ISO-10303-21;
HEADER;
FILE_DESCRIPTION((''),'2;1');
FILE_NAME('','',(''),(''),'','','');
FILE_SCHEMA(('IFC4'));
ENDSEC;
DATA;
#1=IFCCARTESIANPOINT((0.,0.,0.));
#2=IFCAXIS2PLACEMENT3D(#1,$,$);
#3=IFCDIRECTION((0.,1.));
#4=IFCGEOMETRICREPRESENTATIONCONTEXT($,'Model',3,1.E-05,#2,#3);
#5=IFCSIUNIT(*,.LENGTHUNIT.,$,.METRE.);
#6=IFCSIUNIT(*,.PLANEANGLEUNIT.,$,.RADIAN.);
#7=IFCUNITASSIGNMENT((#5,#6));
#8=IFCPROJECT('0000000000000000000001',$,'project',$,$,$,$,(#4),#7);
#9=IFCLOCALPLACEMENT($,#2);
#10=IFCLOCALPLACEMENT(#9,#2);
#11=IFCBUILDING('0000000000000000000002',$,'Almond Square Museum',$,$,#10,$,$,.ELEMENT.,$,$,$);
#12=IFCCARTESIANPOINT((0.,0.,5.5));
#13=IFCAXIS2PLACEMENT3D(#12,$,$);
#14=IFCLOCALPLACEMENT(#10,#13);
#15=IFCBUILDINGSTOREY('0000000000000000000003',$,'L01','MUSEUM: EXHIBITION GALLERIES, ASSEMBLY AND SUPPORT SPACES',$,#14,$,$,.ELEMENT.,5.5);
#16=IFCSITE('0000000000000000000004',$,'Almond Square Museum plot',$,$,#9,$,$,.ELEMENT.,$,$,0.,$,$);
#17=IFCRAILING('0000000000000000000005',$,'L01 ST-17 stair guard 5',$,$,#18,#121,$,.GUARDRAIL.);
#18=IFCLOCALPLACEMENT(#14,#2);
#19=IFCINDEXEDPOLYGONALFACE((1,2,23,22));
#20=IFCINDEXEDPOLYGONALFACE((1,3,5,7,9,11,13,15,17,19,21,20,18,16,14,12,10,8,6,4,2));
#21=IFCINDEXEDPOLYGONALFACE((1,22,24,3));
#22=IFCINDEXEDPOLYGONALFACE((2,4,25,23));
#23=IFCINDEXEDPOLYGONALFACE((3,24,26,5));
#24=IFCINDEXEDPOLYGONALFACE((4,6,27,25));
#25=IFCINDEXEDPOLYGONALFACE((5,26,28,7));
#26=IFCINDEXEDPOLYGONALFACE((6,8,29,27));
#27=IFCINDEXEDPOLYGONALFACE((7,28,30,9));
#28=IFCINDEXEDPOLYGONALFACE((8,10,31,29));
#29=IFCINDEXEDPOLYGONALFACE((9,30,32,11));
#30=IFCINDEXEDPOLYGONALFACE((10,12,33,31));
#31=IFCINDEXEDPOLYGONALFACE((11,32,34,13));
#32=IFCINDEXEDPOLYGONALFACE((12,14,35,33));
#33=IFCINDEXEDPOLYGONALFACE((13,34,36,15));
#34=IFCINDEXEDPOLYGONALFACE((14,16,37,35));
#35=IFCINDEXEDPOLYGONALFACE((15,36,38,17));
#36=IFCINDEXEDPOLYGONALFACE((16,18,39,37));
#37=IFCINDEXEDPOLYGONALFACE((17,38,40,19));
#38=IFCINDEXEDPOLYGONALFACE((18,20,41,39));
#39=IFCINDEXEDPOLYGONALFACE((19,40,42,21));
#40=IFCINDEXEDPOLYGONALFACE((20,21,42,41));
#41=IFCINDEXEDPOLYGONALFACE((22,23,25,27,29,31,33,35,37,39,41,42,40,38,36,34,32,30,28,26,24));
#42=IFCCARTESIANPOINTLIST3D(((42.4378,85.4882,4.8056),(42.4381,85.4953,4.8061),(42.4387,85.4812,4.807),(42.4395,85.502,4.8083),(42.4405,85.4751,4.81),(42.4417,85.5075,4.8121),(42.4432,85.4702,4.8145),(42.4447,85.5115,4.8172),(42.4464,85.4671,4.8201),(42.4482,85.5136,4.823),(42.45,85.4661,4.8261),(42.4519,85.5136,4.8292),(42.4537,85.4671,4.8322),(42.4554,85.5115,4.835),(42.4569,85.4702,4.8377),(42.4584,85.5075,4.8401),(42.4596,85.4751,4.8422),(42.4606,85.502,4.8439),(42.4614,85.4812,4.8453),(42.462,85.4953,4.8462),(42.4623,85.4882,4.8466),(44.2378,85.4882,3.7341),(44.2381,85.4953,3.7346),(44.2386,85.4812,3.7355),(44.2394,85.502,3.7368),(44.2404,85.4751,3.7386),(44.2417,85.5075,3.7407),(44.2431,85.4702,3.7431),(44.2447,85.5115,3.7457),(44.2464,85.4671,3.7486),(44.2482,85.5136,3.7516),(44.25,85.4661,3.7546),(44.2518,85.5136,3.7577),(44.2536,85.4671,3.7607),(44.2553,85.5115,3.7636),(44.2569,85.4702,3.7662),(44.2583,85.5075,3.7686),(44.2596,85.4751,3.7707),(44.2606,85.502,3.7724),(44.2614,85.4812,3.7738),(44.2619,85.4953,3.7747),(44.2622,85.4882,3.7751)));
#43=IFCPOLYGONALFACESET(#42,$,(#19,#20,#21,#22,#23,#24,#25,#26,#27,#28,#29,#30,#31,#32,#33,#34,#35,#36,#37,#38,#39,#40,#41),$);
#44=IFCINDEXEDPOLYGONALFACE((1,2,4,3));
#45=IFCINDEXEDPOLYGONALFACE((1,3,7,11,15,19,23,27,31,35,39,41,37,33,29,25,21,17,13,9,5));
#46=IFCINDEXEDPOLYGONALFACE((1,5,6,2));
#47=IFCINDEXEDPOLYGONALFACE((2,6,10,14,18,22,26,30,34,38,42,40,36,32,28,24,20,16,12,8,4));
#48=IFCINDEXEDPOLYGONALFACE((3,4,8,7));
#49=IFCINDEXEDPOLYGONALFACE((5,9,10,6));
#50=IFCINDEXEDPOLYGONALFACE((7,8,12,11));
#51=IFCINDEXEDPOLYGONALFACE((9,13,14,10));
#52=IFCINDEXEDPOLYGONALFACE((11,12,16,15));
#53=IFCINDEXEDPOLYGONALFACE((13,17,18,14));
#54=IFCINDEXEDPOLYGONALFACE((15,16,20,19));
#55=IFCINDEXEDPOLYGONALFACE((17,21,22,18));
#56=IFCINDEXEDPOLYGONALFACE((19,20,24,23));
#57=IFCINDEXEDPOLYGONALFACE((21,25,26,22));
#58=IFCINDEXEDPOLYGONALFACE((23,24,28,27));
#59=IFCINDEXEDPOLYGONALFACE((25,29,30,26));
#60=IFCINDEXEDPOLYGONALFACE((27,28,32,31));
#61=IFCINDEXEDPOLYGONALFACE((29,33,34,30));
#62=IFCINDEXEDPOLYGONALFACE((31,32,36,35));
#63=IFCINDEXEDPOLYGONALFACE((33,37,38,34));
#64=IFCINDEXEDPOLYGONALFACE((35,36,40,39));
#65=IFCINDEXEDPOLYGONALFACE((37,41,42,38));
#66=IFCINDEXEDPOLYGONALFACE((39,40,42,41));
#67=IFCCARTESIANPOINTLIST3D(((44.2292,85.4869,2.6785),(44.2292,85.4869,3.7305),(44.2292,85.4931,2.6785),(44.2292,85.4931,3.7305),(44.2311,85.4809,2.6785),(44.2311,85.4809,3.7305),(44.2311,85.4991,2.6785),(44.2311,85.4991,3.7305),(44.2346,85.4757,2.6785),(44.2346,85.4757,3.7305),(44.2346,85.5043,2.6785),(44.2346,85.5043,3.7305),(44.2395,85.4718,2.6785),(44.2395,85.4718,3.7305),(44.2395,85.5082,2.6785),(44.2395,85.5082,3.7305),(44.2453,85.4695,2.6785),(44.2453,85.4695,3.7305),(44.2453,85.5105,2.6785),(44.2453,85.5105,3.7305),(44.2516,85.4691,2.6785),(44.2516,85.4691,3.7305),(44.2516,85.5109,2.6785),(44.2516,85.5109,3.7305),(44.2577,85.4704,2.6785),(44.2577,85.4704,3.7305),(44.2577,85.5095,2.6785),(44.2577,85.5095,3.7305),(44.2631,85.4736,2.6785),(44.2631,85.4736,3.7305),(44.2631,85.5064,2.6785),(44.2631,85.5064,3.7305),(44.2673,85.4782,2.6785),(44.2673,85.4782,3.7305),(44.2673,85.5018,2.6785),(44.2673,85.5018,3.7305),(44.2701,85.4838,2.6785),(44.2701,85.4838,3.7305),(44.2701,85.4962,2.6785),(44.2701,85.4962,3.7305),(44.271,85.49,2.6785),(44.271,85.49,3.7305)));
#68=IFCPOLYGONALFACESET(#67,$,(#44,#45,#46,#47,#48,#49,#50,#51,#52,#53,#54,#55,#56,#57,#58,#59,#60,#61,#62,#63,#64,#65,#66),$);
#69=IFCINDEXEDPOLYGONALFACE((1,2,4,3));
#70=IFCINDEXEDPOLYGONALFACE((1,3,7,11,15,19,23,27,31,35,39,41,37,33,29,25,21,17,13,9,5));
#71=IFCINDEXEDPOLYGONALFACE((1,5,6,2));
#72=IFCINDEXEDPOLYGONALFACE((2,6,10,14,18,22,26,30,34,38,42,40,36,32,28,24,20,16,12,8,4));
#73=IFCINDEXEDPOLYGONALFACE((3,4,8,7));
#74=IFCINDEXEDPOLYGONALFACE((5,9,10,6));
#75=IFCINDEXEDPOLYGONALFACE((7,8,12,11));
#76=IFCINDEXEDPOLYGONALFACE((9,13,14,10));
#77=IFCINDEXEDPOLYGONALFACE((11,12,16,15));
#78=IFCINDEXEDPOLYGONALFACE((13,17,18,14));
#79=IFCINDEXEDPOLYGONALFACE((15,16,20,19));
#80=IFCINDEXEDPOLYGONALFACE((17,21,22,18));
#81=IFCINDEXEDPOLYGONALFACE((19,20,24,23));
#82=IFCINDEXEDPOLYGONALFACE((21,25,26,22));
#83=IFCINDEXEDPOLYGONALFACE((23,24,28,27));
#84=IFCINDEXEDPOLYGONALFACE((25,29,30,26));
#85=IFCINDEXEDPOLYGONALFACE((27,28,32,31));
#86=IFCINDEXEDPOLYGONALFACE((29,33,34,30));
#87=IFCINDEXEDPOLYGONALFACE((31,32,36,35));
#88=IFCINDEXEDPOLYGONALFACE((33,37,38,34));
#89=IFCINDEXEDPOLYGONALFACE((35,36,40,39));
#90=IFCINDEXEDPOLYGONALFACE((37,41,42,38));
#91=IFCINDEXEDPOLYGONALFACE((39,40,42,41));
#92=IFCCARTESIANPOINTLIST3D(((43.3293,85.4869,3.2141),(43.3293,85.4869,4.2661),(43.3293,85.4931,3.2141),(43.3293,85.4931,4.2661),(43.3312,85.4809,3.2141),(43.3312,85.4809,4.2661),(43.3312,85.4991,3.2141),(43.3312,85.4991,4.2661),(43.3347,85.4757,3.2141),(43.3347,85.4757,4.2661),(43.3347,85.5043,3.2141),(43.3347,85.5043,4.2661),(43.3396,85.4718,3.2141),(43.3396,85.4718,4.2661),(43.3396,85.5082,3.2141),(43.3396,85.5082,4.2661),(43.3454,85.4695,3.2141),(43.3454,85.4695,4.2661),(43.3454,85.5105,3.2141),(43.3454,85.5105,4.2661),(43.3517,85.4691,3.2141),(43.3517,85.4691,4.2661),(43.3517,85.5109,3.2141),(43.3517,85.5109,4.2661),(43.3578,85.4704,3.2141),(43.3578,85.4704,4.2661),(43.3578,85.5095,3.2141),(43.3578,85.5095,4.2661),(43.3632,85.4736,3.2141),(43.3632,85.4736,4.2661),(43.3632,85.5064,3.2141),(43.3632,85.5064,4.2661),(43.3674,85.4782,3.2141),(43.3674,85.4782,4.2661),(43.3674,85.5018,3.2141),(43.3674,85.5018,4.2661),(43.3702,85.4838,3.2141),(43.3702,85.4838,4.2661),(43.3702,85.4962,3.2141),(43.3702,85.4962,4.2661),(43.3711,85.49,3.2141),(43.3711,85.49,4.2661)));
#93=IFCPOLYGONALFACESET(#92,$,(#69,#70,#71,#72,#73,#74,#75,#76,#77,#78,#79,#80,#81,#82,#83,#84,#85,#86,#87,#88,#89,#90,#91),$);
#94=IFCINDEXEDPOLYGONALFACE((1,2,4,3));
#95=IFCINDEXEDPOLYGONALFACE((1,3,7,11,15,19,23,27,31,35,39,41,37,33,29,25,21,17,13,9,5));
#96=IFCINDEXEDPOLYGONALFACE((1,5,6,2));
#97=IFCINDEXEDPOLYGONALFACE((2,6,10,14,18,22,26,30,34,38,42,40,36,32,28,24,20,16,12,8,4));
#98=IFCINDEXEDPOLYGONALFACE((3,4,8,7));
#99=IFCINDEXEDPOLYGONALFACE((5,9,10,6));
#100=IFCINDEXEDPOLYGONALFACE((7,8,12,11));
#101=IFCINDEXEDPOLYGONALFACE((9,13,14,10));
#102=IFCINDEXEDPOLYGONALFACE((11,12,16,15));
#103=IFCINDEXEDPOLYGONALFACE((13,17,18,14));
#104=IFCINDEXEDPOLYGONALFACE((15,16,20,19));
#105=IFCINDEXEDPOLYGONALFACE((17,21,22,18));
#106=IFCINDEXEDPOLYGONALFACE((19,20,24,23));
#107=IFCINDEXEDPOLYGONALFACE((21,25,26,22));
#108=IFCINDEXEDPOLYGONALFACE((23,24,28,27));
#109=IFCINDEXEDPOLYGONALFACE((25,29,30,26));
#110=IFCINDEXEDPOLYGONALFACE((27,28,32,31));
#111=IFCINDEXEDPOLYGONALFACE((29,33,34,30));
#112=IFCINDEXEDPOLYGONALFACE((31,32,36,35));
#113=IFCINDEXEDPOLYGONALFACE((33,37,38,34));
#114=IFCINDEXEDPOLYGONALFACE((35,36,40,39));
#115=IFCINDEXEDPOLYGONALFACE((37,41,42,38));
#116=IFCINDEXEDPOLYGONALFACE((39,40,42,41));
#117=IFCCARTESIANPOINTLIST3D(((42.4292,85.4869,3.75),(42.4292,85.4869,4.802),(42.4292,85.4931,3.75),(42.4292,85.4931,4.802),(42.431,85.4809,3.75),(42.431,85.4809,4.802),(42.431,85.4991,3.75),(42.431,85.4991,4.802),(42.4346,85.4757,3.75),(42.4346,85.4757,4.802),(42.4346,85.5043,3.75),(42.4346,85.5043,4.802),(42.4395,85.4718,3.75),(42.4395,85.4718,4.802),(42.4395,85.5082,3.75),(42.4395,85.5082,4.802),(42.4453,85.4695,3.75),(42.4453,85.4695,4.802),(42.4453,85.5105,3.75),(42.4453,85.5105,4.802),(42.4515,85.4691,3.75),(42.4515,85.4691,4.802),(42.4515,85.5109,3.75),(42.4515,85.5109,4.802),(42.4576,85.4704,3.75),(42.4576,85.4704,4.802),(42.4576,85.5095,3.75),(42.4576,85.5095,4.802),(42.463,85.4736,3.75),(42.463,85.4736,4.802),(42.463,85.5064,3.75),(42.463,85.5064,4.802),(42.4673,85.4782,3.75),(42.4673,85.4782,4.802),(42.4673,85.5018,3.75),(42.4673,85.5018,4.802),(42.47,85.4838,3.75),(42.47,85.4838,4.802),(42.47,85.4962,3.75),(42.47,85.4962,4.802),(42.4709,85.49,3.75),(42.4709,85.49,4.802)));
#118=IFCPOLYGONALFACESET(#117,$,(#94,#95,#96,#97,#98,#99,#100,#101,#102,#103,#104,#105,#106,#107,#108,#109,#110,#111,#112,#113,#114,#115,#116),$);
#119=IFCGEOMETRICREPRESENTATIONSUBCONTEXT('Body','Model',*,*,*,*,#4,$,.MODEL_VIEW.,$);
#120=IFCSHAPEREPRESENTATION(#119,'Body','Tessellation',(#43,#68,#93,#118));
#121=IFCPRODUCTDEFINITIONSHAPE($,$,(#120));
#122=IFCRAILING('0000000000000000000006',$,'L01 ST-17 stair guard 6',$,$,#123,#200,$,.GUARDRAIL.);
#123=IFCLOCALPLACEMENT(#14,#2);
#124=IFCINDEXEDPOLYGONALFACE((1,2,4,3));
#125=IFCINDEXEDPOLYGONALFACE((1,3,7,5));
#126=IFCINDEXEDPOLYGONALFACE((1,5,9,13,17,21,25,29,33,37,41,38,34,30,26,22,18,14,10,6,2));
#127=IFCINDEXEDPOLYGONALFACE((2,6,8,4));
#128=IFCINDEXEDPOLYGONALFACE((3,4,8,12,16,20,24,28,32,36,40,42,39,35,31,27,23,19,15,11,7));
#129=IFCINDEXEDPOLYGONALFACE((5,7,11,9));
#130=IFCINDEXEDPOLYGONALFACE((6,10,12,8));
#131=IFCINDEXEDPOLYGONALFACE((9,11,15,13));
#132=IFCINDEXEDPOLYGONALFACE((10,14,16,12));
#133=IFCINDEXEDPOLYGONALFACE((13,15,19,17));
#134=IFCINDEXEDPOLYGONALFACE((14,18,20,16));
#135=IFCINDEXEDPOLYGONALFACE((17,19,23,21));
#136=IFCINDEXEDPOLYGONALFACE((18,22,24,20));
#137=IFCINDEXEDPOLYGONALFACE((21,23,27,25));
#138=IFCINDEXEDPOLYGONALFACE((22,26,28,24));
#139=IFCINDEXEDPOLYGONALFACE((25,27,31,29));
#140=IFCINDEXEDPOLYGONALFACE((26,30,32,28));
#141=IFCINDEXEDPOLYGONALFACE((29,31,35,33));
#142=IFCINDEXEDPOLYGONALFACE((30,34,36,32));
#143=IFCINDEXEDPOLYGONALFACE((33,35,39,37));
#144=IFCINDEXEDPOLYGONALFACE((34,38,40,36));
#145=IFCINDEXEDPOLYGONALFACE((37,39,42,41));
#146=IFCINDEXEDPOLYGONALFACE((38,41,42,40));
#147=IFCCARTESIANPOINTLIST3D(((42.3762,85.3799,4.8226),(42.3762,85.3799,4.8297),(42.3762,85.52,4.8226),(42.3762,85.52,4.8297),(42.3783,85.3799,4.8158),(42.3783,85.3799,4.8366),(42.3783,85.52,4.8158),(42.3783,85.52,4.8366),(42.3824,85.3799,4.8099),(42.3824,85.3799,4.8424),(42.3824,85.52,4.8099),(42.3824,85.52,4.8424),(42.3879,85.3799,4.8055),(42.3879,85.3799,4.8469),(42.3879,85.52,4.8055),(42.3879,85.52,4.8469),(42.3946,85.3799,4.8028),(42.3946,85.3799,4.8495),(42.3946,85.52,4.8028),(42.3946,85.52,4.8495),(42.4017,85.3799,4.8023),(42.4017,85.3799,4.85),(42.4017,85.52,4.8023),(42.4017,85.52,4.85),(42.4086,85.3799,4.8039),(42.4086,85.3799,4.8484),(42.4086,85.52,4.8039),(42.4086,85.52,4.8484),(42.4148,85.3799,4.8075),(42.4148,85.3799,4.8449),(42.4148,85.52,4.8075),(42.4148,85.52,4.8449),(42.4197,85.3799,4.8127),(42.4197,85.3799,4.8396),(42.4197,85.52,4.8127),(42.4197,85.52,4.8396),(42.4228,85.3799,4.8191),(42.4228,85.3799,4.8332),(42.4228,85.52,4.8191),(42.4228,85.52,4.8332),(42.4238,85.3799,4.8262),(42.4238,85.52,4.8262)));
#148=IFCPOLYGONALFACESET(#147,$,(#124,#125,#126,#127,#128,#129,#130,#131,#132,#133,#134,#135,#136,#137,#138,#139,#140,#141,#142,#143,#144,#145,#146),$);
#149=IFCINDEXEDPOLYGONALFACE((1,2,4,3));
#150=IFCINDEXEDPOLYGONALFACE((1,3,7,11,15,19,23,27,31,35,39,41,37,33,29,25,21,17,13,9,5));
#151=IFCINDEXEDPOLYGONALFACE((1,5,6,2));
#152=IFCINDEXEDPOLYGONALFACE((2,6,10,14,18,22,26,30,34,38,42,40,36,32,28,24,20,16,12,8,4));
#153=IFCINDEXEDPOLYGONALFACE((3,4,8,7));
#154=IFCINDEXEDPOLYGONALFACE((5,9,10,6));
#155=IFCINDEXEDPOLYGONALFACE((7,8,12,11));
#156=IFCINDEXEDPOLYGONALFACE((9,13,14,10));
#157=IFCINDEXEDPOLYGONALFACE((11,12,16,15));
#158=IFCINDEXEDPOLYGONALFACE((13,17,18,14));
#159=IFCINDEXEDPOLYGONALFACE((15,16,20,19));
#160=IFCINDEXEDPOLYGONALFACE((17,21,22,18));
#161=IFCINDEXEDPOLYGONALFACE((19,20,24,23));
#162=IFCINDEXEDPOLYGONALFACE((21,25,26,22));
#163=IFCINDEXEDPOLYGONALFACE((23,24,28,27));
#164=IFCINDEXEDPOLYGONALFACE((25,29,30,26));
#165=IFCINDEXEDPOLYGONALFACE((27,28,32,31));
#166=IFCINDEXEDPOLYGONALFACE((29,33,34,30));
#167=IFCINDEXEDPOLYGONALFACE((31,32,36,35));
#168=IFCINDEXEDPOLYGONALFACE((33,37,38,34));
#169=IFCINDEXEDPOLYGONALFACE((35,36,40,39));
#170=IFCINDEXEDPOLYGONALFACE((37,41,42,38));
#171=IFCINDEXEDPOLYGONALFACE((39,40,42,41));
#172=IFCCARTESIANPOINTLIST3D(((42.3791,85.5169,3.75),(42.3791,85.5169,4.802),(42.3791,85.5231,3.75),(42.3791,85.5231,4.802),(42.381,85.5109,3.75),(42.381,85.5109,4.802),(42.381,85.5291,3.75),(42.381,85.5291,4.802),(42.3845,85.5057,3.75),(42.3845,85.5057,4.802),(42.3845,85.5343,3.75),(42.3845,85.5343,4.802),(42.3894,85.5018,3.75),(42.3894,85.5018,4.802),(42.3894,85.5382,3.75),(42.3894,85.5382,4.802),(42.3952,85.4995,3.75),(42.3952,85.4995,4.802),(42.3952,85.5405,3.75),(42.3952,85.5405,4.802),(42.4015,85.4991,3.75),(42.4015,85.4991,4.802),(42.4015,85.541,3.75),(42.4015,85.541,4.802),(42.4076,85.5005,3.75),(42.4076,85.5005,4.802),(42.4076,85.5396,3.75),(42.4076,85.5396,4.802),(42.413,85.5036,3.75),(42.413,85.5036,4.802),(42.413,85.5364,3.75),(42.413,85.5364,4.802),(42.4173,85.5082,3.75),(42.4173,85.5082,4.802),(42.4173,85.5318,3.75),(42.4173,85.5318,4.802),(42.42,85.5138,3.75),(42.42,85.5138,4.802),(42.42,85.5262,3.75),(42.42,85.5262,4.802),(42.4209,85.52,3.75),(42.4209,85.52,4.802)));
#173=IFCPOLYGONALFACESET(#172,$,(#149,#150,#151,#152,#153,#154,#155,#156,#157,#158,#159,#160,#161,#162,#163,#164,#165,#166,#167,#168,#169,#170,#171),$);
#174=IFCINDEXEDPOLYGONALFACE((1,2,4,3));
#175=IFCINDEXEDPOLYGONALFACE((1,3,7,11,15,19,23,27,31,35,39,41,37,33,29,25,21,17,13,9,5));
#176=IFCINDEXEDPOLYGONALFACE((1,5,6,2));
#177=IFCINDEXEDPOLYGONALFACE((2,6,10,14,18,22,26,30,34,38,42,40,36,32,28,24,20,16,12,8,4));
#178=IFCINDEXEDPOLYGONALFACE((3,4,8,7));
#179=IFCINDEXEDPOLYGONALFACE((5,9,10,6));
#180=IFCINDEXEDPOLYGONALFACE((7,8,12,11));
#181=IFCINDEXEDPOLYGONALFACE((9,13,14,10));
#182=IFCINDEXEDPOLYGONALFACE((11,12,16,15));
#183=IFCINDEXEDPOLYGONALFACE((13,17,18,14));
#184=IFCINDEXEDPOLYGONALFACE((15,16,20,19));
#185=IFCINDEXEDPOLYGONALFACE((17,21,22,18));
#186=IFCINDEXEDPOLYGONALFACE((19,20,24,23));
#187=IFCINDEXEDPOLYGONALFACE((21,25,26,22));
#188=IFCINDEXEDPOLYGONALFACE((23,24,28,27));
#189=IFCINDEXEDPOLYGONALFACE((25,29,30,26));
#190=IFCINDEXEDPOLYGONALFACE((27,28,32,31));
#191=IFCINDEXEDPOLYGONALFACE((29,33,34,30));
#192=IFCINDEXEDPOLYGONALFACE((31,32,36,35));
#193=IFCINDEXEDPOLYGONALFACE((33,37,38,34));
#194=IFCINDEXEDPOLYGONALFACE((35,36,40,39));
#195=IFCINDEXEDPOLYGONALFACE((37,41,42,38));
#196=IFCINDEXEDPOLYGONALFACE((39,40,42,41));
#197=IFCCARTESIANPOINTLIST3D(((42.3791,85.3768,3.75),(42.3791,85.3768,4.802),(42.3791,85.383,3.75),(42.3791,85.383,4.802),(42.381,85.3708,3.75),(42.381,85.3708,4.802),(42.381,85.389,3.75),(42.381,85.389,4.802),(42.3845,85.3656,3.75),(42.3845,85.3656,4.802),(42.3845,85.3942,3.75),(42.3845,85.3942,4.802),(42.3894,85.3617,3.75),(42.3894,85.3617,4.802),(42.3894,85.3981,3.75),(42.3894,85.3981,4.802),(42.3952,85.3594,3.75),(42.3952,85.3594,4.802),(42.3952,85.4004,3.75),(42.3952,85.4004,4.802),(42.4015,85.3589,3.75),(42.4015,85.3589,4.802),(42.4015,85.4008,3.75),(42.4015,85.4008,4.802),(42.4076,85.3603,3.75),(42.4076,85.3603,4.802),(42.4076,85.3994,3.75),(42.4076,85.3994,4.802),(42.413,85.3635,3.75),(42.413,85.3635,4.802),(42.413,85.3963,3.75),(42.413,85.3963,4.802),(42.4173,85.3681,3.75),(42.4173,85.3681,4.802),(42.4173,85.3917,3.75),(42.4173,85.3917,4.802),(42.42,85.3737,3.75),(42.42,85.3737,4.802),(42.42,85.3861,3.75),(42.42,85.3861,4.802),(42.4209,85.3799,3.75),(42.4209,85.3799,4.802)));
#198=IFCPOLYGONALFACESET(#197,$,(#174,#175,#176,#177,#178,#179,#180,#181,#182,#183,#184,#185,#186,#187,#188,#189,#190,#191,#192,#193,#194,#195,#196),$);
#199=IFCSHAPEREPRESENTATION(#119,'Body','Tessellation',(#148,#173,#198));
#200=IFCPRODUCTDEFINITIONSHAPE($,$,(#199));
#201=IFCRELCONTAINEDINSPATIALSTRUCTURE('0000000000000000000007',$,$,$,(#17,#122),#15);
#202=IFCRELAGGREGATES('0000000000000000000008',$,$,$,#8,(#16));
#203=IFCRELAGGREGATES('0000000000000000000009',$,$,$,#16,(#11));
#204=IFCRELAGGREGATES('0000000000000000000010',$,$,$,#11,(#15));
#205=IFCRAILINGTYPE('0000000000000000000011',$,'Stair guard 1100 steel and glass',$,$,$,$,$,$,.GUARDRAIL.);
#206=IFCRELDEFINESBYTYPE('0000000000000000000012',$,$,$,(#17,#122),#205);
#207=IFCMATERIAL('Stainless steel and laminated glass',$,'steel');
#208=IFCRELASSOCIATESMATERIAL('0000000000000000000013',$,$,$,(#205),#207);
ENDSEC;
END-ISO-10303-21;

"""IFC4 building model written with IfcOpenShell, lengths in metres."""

from ifc_helpers import new_model, si_unit, direction, frame, origin, origin_2d, place, context, subcontext, project, spatial, circle, extrude, material, type_object, element, save


model = new_model("IFC4")

# Units and contexts
model_context = context("Model", 3, precision=1e-05, world=origin(), true_north=direction((0.0, 1.0)))
body_context = subcontext(model_context, "Body", "Model", "MODEL_VIEW")
ifc_project = project(units=[si_unit("LENGTHUNIT", "METRE"), si_unit("PLANEANGLEUNIT", "RADIAN")], contexts=[model_context])

# Site, building, storey
site_placement = place(None, origin())
site = spatial("IfcSite", under=ifc_project, at=site_placement, Name="Almond Square Museum plot", CompositionType="ELEMENT", RefElevation=0.0)
building_placement = place(site_placement, origin())
building = spatial("IfcBuilding", under=site, at=building_placement, Name="Almond Square Museum", CompositionType="ELEMENT")
storey_placement = place(building_placement, frame((0.0, 0.0, 5.5)))
storey = spatial("IfcBuildingStorey", under=building, at=storey_placement, Name="L01", Description="MUSEUM: EXHIBITION GALLERIES, ASSEMBLY AND SUPPORT SPACES", CompositionType="ELEMENT", Elevation=5.5)

# Railings
ifc_material_1 = material(Name="Stainless steel and laminated glass", Category="steel")
railing_type_1 = type_object("IfcRailingType", Name="Stair guard 1100 steel and glass", PredefinedType="GUARDRAIL", material=ifc_material_1)
railing_1_placement = place(storey_placement, frame((44.25, 85.49, 2.6785)))
element("IfcRailing", 1, at=railing_1_placement, inside=storey, type_object=railing_type_1, Name="L01 ST-17 stair guard 5", PredefinedType="GUARDRAIL", context=body_context, shape_type="SweptSolid", body=[
    extrude(circle(Radius=0.0239, at=origin_2d()), frame((0.0, 0.0, 1.0762), z_axis=(-0.859277, 0.0, 0.51151), x_axis=(0.0, -1.0, 0.0)), (0.0, 0.0, 1.0), 2.0947),
    extrude(circle(Radius=0.021, at=origin_2d()), origin(), (0.0, 0.0, 1.0), 1.052),
    extrude(circle(Radius=0.021, at=origin_2d()), frame((-0.8999, 0.0, 0.5356)), (0.0, 0.0, 1.0), 1.052),
    extrude(circle(Radius=0.021, at=origin_2d()), frame((-1.8, 0.0, 1.0715)), (0.0, 0.0, 1.0), 1.052),
])
railing_2_placement = place(storey_placement, frame((42.3999, 85.52, 3.75)))
element("IfcRailing", 2, at=railing_2_placement, inside=storey, type_object=railing_type_1, Name="L01 ST-17 stair guard 6", PredefinedType="GUARDRAIL", context=body_context, shape_type="SweptSolid", body=[
    extrude(circle(Radius=0.0239, at=origin_2d()), frame((0.0, 0.0, 1.0762), z_axis=(0.0, -1.0, 0.0), x_axis=(1.0, 0.0, 0.0)), (0.0, 0.0, 1.0), 0.1401),
    extrude(circle(Radius=0.021, at=origin_2d()), origin(), (0.0, 0.0, 1.0), 1.052),
    extrude(circle(Radius=0.021, at=origin_2d()), frame((0.0, -0.1401, 0.0)), (0.0, 0.0, 1.0), 1.052),
])

save(model, "model.ifc")
